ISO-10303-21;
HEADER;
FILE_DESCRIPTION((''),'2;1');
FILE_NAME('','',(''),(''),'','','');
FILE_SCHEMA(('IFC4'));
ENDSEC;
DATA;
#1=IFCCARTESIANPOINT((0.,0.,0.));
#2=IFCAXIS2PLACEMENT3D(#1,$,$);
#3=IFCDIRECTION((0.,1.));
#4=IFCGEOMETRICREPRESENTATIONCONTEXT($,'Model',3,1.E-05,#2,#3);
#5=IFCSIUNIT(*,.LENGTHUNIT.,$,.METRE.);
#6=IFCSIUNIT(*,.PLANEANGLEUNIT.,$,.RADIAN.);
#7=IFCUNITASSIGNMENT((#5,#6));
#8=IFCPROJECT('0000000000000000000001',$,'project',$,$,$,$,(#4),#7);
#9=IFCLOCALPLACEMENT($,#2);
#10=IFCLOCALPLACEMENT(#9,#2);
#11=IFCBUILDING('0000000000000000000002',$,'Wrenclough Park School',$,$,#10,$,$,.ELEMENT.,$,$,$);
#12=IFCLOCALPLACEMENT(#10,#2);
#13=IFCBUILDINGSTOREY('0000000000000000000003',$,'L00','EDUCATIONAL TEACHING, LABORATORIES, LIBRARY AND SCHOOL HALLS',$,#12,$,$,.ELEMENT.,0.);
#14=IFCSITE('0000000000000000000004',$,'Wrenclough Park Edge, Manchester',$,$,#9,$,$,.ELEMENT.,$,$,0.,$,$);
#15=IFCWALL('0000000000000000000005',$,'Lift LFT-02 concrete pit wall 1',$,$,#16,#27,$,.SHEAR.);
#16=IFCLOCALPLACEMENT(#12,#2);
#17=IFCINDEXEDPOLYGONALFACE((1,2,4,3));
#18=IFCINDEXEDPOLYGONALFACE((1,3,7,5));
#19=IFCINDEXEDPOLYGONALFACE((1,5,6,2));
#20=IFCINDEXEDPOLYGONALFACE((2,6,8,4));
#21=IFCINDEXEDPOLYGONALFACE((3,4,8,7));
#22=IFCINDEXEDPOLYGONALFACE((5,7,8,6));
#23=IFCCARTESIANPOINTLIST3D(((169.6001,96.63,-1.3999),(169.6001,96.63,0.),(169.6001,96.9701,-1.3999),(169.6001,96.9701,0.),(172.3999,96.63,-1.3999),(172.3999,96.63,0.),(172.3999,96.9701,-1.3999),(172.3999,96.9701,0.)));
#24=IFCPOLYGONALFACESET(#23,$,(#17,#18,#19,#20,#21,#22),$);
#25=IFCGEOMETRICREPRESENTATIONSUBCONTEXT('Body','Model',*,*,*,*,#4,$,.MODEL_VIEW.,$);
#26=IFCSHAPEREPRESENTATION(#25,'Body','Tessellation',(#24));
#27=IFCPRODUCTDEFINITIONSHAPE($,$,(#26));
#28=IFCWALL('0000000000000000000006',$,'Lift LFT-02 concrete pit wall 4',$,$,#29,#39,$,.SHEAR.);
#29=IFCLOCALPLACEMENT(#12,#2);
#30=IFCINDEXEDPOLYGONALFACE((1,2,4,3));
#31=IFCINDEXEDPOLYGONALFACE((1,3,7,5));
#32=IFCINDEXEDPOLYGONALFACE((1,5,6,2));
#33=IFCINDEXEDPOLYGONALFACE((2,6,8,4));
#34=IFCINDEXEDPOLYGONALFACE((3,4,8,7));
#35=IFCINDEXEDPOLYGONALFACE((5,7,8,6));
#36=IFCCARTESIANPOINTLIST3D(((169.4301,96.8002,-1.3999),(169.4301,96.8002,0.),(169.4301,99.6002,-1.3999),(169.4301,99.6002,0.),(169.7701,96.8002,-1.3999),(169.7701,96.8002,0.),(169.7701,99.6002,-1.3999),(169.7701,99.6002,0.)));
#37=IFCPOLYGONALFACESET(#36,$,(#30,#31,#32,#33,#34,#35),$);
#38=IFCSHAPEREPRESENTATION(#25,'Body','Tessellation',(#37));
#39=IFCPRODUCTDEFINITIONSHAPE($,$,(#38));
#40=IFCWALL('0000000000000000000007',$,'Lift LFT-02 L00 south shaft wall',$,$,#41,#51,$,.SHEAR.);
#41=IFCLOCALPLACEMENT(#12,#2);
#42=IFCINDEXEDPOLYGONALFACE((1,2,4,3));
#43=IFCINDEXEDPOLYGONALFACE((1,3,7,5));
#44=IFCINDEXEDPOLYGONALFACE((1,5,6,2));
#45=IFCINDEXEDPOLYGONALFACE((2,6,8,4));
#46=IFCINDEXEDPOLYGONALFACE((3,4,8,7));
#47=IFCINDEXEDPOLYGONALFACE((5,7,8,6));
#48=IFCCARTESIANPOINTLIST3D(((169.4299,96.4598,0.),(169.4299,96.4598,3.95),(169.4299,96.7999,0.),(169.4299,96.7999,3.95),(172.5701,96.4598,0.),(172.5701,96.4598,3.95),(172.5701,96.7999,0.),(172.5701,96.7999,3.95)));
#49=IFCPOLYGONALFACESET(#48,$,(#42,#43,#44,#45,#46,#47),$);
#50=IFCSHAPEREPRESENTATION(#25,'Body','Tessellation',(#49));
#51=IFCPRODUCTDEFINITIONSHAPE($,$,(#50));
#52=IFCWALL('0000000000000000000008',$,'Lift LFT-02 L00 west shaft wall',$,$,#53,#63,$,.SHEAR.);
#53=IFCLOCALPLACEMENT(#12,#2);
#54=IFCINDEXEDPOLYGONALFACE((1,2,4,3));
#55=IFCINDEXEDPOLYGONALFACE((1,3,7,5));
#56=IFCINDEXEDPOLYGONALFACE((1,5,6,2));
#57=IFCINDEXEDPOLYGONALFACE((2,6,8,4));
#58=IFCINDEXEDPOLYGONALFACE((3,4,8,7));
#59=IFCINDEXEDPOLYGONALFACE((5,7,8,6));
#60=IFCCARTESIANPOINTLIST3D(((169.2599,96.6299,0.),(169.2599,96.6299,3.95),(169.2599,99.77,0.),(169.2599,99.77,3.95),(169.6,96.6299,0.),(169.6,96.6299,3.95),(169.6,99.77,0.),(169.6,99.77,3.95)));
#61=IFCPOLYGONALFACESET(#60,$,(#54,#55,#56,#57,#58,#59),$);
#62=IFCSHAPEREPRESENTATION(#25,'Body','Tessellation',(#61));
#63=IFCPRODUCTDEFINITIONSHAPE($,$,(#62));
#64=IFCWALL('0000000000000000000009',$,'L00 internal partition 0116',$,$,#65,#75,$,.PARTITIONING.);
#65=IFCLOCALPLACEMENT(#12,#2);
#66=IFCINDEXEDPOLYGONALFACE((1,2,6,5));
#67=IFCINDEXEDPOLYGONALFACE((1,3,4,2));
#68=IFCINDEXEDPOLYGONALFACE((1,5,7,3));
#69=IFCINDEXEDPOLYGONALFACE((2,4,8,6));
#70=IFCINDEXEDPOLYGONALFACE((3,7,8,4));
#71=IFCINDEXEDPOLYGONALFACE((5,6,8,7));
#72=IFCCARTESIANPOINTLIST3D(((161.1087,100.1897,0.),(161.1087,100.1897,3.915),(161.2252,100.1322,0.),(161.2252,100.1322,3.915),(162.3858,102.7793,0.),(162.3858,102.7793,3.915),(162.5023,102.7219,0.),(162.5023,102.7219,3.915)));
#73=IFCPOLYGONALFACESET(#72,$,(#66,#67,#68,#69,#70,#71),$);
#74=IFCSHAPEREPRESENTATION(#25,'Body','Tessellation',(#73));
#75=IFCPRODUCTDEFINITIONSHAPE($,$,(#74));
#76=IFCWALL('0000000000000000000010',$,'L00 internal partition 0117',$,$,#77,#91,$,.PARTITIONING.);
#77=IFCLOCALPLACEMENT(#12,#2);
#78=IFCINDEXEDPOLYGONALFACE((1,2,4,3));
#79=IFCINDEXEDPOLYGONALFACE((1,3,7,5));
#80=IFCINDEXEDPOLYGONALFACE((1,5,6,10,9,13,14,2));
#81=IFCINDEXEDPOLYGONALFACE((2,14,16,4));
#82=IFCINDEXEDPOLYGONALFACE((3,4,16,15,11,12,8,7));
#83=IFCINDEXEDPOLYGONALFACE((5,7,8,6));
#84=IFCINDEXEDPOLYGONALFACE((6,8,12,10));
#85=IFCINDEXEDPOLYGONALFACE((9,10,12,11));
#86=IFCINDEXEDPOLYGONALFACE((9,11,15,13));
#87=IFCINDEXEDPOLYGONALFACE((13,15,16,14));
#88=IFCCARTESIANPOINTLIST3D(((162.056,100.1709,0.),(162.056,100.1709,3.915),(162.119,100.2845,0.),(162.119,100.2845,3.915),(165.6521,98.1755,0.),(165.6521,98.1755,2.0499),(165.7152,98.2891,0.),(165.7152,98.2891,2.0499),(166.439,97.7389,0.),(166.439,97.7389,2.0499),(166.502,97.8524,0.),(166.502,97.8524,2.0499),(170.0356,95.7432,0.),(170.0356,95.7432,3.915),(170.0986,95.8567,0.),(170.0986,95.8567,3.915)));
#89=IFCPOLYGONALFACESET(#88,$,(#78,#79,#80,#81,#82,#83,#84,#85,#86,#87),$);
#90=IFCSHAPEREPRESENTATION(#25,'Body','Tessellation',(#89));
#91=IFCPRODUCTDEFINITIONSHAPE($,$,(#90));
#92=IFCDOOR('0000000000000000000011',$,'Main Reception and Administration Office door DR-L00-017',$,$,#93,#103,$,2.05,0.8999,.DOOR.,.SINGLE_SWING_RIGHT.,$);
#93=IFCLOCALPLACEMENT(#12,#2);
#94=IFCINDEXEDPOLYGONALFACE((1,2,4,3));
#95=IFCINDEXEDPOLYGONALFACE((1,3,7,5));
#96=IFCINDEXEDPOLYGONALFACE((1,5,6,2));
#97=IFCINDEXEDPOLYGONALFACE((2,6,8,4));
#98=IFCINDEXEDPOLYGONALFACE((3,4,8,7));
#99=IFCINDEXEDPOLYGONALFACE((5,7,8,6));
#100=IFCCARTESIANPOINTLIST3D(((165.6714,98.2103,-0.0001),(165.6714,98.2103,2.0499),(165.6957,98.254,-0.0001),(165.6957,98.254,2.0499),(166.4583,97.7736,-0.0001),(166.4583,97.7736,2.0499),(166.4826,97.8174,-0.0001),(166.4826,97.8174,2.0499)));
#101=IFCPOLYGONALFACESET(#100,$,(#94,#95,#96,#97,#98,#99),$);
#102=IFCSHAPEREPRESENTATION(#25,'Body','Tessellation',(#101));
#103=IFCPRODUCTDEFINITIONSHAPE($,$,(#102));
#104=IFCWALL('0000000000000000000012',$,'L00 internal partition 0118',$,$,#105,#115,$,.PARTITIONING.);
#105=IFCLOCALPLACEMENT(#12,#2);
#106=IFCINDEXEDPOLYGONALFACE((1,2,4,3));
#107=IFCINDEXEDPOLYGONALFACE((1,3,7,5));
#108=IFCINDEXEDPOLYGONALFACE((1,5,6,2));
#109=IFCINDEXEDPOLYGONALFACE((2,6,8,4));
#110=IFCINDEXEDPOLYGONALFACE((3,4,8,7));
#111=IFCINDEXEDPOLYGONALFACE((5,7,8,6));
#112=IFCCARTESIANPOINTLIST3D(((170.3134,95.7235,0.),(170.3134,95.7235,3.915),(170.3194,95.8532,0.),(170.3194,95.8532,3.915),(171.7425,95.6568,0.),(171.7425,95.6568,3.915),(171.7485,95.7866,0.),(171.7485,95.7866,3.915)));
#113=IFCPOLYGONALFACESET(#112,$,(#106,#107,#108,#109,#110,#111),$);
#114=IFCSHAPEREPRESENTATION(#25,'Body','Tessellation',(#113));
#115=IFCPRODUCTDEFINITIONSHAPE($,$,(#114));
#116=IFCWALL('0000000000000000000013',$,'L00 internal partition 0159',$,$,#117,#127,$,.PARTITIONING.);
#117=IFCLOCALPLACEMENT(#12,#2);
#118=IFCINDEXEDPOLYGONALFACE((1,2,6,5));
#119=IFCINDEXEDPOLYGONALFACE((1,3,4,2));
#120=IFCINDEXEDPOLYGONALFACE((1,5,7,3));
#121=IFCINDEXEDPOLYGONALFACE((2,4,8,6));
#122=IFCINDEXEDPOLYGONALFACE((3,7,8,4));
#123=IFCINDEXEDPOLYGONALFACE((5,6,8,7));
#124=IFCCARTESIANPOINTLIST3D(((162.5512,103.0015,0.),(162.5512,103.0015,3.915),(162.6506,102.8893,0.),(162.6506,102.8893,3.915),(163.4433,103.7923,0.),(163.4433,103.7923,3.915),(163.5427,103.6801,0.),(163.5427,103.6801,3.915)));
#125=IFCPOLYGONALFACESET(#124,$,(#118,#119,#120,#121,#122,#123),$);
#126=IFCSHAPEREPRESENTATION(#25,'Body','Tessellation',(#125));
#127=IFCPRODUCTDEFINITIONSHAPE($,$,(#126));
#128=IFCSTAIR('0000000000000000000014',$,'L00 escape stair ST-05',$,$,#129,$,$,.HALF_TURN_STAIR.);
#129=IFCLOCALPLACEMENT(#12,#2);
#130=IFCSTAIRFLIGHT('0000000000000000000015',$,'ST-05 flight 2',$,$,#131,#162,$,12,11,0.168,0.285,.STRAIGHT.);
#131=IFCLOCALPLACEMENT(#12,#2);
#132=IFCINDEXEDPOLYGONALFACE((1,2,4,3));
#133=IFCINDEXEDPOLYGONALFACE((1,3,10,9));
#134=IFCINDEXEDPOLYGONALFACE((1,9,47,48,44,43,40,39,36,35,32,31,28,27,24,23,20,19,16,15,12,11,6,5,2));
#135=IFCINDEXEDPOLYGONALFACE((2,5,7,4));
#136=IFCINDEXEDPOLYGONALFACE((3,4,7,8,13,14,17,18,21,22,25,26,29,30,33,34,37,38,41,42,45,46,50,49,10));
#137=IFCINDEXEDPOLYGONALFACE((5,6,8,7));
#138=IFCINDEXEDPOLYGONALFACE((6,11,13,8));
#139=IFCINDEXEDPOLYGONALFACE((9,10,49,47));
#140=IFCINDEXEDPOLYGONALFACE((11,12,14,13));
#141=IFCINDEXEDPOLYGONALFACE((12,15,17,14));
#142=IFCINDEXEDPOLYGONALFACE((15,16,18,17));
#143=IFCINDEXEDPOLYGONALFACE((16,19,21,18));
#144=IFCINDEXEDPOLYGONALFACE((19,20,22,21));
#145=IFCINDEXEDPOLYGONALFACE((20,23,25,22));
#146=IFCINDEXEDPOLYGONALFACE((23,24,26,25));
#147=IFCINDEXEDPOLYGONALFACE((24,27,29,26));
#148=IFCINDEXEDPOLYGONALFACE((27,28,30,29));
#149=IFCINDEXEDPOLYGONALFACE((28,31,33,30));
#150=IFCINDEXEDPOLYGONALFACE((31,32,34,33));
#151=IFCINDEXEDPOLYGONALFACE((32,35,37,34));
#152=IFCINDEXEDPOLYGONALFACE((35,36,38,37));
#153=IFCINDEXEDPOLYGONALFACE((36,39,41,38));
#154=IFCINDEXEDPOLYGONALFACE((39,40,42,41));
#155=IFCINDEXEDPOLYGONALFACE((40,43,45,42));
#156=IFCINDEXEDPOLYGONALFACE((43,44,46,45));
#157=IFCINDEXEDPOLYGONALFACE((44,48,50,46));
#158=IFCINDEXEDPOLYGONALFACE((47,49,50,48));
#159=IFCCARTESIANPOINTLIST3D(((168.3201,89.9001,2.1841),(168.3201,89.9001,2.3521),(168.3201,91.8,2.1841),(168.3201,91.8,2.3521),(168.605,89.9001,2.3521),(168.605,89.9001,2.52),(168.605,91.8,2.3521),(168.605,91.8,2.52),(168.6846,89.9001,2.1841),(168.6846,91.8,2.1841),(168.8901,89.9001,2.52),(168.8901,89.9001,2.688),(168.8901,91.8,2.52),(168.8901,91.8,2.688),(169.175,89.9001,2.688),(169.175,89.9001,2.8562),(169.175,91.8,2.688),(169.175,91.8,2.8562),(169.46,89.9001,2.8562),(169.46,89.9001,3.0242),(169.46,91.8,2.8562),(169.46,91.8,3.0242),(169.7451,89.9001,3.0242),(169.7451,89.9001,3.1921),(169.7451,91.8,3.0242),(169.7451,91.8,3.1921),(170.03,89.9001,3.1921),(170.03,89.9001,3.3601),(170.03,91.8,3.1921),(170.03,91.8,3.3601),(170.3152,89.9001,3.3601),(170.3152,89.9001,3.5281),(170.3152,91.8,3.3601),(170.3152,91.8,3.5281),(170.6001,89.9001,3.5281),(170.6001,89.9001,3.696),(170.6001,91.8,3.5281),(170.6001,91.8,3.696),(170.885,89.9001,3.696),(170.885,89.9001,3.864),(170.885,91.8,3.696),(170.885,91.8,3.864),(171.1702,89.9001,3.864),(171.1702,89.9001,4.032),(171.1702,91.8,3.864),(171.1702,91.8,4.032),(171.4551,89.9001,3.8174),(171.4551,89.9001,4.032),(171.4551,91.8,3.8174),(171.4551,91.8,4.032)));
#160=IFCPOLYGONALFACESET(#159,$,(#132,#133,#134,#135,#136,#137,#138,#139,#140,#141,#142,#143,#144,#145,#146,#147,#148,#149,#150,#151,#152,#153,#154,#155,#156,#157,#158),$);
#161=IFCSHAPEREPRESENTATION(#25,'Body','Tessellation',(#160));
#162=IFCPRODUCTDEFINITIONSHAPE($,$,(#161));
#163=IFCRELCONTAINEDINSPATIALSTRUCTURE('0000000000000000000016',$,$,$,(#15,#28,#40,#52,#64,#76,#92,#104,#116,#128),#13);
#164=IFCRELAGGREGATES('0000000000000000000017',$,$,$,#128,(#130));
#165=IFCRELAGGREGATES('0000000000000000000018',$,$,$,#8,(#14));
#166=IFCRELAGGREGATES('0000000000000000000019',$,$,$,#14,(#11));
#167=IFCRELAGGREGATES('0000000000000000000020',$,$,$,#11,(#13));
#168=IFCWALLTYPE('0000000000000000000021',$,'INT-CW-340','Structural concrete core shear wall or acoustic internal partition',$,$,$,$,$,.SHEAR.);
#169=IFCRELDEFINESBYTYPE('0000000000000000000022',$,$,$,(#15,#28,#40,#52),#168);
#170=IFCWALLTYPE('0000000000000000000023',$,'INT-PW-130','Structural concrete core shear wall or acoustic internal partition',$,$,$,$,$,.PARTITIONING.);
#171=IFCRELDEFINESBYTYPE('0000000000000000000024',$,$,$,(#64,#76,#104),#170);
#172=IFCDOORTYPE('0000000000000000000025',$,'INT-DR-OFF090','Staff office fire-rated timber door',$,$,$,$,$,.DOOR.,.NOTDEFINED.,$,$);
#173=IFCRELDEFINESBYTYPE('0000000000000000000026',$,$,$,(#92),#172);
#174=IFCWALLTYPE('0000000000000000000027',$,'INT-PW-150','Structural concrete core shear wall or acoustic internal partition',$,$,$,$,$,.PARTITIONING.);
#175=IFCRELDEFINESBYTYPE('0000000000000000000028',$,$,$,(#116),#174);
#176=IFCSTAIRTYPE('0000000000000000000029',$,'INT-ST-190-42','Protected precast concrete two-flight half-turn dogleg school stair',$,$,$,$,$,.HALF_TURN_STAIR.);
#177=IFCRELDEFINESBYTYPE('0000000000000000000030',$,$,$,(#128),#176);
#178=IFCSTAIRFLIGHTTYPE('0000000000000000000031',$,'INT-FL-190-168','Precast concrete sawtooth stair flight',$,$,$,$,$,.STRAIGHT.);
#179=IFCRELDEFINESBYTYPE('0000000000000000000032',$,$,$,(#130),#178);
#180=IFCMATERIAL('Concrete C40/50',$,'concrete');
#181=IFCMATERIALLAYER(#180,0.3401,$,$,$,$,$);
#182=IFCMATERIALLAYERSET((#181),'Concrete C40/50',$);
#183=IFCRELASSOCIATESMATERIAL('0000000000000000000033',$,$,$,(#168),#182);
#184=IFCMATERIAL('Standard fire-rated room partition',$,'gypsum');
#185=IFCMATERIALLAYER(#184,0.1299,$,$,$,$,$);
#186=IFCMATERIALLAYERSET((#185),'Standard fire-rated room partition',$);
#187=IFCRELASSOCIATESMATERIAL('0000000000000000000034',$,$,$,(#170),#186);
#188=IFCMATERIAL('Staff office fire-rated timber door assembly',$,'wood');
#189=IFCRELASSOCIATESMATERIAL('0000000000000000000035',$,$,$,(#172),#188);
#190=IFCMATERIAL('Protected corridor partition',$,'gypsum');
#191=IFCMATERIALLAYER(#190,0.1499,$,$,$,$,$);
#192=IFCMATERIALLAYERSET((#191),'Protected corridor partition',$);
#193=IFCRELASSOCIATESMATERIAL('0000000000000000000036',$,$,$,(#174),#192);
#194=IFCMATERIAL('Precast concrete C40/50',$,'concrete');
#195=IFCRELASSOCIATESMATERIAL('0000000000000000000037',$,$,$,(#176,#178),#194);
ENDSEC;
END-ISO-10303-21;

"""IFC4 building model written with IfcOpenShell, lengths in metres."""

from ifc_helpers import new_model, si_unit, direction, frame, frame_2d, origin, place, context, subcontext, project, spatial, polyline, rectangle, outline, extrude, material, layer, layer_set, type_object, element, fill, aggregate, save


model = new_model("IFC4")

# Units and contexts
model_context = context("Model", 3, precision=1e-05, world=origin(), true_north=direction((0.0, 1.0)))
body_context = subcontext(model_context, "Body", "Model", "MODEL_VIEW")
ifc_project = project(units=[si_unit("LENGTHUNIT", "METRE"), si_unit("PLANEANGLEUNIT", "RADIAN")], contexts=[model_context])

# Site, building, storey
site_placement = place(None, origin())
site = spatial("IfcSite", under=ifc_project, at=site_placement, Name="Wrenclough Park Edge, Manchester", CompositionType="ELEMENT", RefElevation=0.0)
building_placement = place(site_placement, origin())
building = spatial("IfcBuilding", under=site, at=building_placement, Name="Wrenclough Park School", CompositionType="ELEMENT")
storey_placement = place(building_placement, origin())
storey = spatial("IfcBuildingStorey", under=building, at=storey_placement, Name="L00", Description="EDUCATIONAL TEACHING, LABORATORIES, LIBRARY AND SCHOOL HALLS", CompositionType="ELEMENT", Elevation=0.0)

# Shared definitions
ifc_material_1 = material(Name="Concrete C40/50", Category="concrete")

# Walls
ifc_layer_1 = layer(ifc_material_1, 0.3401)
ifc_layer_set_1 = layer_set([ifc_layer_1], Name="Concrete C40/50")
wall_type_1 = type_object("IfcWallType", Name="INT-CW-340", Description="Structural concrete core shear wall or acoustic internal partition", PredefinedType="SHEAR", material=ifc_layer_set_1)
wall_1_placement = place(storey_placement, frame((169.6001, 96.8, -1.3999), z_axis=(0.0, 0.0, 1.0), x_axis=(1.0, 0.0, 0.0)))
element("IfcWall", 1, at=wall_1_placement, inside=storey, type_object=wall_type_1, Name="Lift LFT-02 concrete pit wall 1", PredefinedType="SHEAR", context=body_context, shape_type="SweptSolid", body=[
    extrude(rectangle(XDim=2.7998, YDim=0.3401, at=frame_2d((1.3999, 0.0))), origin(), (0.0, 0.0, 1.0), 1.3999),
])
wall_2_placement = place(storey_placement, frame((169.6001, 99.6001, -1.3999), z_axis=(0.0, 0.0, 1.0), x_axis=(0.0, -1.0, 0.0)))
element("IfcWall", 2, at=wall_2_placement, inside=storey, type_object=wall_type_1, Name="Lift LFT-02 concrete pit wall 4", PredefinedType="SHEAR", context=body_context, shape_type="SweptSolid", body=[
    extrude(rectangle(XDim=2.8, YDim=0.3401, at=frame_2d((1.3999, 0.0))), origin(), (0.0, 0.0, 1.0), 1.3999),
])
for number, where, z_axis, x_axis, name in (
    (3, (169.4299, 96.6299, 0.0), (0.0, 0.0, 1.0), (1.0, 0.0, 0.0), "Lift LFT-02 L00 south shaft wall"),
    (4, (169.4299, 99.77, 0.0), (0.0, 0.0, 1.0), (0.0, -1.0, 0.0), "Lift LFT-02 L00 west shaft wall"),
):
    element("IfcWall", number, at=place(storey_placement, frame(where, z_axis=z_axis, x_axis=x_axis)), inside=storey, type_object=wall_type_1, Name=name, PredefinedType="SHEAR", context=body_context, shape_type="SweptSolid", body=[
        extrude(rectangle(XDim=3.1401, YDim=0.3401, at=frame_2d((1.5701, 0.0))), origin(), (0.0, 0.0, 1.0), 3.95),
    ])
ifc_material_2 = material(Name="Standard fire-rated room partition", Category="gypsum")
ifc_layer_2 = layer(ifc_material_2, 0.1299)
ifc_layer_set_2 = layer_set([ifc_layer_2], Name="Standard fire-rated room partition")
wall_type_2 = type_object("IfcWallType", Name="INT-PW-130", Description="Structural concrete core shear wall or acoustic internal partition", PredefinedType="PARTITIONING", material=ifc_layer_set_2)
wall_3_placement = place(storey_placement, frame((162.4441, 102.7507, 0.0), z_axis=(0.0, 0.0, 1.0), x_axis=(-0.442303, -0.896866, 0.0)))
element("IfcWall", 5, at=wall_3_placement, inside=storey, type_object=wall_type_2, Name="L00 internal partition 0116", PredefinedType="PARTITIONING", context=body_context, shape_type="SweptSolid", body=[
    extrude(rectangle(XDim=2.8875, YDim=0.1299, at=frame_2d((1.4438, 0.0))), origin(), (0.0, 0.0, 1.0), 3.915),
])

# Wall, opening, door
wall_4_placement = place(storey_placement, frame((162.0874, 100.2278, 0.0), z_axis=(0.0, 0.0, 1.0), x_axis=(0.874405, -0.485198, 0.0)))
wall_4 = element("IfcWall", 6, at=wall_4_placement, inside=storey, type_object=wall_type_2, Name="L00 internal partition 0117", PredefinedType="PARTITIONING", context=body_context, shape_type="SweptSolid", body=[
    extrude(rectangle(XDim=9.1257, YDim=0.1299, at=frame_2d((4.563, 0.0))), origin(), (0.0, 0.0, 1.0), 3.915),
])
opening_placement = place(wall_4_placement, frame((4.1128, 0.0, 0.0)))
opening = element("IfcOpeningElement", 7, at=opening_placement, cuts=wall_4, PredefinedType="OPENING", context=body_context, shape_type="SweptSolid", body=[
    extrude(rectangle(XDim=0.8999, YDim=2.05, at=frame_2d((0.45, 1.0249))), frame((0.0, 0.075, 0.0), z_axis=(0.0, -1.0, 0.0), x_axis=(1.0, 0.0, 0.0)), (0.0, 0.0, 1.0), 0.1499),
])
ifc_material_3 = material(Name="Staff office fire-rated timber door assembly", Category="wood")
door_type = type_object("IfcDoorType", Name="INT-DR-OFF090", Description="Staff office fire-rated timber door", OperationType="NOTDEFINED", PredefinedType="DOOR", material=ifc_material_3)
door_placement = place(opening_placement, origin())
door = element("IfcDoor", 8, at=door_placement, inside=storey, type_object=door_type, Name="Main Reception and Administration Office door DR-L00-017", OperationType="SINGLE_SWING_RIGHT", OverallHeight=2.05, OverallWidth=0.8999, PredefinedType="DOOR", context=body_context, shape_type="SweptSolid", body=[
    extrude(rectangle(XDim=0.8999, YDim=2.05, at=frame_2d((0.45, 1.0249))), frame((0.0, 0.0249, 0.0), z_axis=(0.0, -1.0, 0.0), x_axis=(1.0, 0.0, 0.0)), (0.0, 0.0, 1.0), 0.05),
])
fill(opening, door)

# Walls
wall_5_placement = place(storey_placement, frame((170.3164, 95.7883, 0.0), z_axis=(0.0, 0.0, 1.0), x_axis=(0.998914, -0.046584, 0.0)))
element("IfcWall", 9, at=wall_5_placement, inside=storey, type_object=wall_type_2, Name="L00 internal partition 0118", PredefinedType="PARTITIONING", context=body_context, shape_type="SweptSolid", body=[
    extrude(rectangle(XDim=1.4307, YDim=0.1299, at=frame_2d((0.7153, 0.0))), origin(), (0.0, 0.0, 1.0), 3.915),
])
ifc_material_4 = material(Name="Protected corridor partition", Category="gypsum")
ifc_layer_3 = layer(ifc_material_4, 0.1499)
ifc_layer_set_3 = layer_set([ifc_layer_3], Name="Protected corridor partition")
wall_type_3 = type_object("IfcWallType", Name="INT-PW-150", Description="Structural concrete core shear wall or acoustic internal partition", PredefinedType="PARTITIONING", material=ifc_layer_set_3)
wall_6_placement = place(storey_placement, frame((162.6008, 102.9453, 0.0), z_axis=(0.0, 0.0, 1.0), x_axis=(0.748324, 0.663334, 0.0)))
element("IfcWall", 10, at=wall_6_placement, inside=storey, type_object=wall_type_3, Name="L00 internal partition 0159", PredefinedType="PARTITIONING", context=body_context, shape_type="SweptSolid", body=[
    extrude(rectangle(XDim=1.1921, YDim=0.1499, at=frame_2d((0.5962, 0.0))), origin(), (0.0, 0.0, 1.0), 3.915),
])

# Stair, stair flight
ifc_material_5 = material(Name="Precast concrete C40/50", Category="concrete")
stair_type = type_object("IfcStairType", Name="INT-ST-190-42", Description="Protected precast concrete two-flight half-turn dogleg school stair", PredefinedType="HALF_TURN_STAIR", material=ifc_material_5)
stair_placement = place(storey_placement, origin())
stair = element("IfcStair", 11, at=stair_placement, inside=storey, type_object=stair_type, Name="L00 escape stair ST-05", PredefinedType="HALF_TURN_STAIR")
stair_flight_type = type_object("IfcStairFlightType", Name="INT-FL-190-168", Description="Precast concrete sawtooth stair flight", PredefinedType="STRAIGHT", material=ifc_material_5)
stair_flight_placement = place(storey_placement, frame((168.3201, 90.8501, 2.1841), z_axis=(0.0, 0.0, 1.0), x_axis=(1.0, 0.0, 0.0)))
stair_flight = element("IfcStairFlight", 12, at=stair_flight_placement, type_object=stair_flight_type, Name="ST-05 flight 2", NumberOfRisers=12, NumberOfTreads=11, PredefinedType="STRAIGHT", RiserHeight=0.168, TreadLength=0.285, context=body_context, shape_type="SweptSolid", body=[
    extrude(outline(polyline([(0.0, 0.0), (0.0, 0.168), (0.2849, 0.168), (0.2849, 0.3359), (0.5701, 0.3359), (0.5701, 0.5039), (0.855, 0.5039), (0.855, 0.6721), (1.1399, 0.6721), (1.1399, 0.8401), (1.425, 0.8401), (1.425, 1.0081), (1.71, 1.0081), (1.71, 1.176), (1.9951, 1.176), (1.9951, 1.344), (2.28, 1.344), (2.28, 1.512), (2.5649, 1.512), (2.5649, 1.6799), (2.8501, 1.6799), (2.8501, 1.8479), (3.135, 1.8479), (3.135, 2.0161), (3.135, 1.6333), (0.3645, 0.0), (0.0, 0.0)])), frame((0.0, 0.95, 0.0), z_axis=(0.0, -1.0, 0.0), x_axis=(1.0, 0.0, 0.0)), (0.0, 0.0, 1.0), 1.8999),
])
aggregate(stair, [stair_flight])

save(model, "model.ifc")
